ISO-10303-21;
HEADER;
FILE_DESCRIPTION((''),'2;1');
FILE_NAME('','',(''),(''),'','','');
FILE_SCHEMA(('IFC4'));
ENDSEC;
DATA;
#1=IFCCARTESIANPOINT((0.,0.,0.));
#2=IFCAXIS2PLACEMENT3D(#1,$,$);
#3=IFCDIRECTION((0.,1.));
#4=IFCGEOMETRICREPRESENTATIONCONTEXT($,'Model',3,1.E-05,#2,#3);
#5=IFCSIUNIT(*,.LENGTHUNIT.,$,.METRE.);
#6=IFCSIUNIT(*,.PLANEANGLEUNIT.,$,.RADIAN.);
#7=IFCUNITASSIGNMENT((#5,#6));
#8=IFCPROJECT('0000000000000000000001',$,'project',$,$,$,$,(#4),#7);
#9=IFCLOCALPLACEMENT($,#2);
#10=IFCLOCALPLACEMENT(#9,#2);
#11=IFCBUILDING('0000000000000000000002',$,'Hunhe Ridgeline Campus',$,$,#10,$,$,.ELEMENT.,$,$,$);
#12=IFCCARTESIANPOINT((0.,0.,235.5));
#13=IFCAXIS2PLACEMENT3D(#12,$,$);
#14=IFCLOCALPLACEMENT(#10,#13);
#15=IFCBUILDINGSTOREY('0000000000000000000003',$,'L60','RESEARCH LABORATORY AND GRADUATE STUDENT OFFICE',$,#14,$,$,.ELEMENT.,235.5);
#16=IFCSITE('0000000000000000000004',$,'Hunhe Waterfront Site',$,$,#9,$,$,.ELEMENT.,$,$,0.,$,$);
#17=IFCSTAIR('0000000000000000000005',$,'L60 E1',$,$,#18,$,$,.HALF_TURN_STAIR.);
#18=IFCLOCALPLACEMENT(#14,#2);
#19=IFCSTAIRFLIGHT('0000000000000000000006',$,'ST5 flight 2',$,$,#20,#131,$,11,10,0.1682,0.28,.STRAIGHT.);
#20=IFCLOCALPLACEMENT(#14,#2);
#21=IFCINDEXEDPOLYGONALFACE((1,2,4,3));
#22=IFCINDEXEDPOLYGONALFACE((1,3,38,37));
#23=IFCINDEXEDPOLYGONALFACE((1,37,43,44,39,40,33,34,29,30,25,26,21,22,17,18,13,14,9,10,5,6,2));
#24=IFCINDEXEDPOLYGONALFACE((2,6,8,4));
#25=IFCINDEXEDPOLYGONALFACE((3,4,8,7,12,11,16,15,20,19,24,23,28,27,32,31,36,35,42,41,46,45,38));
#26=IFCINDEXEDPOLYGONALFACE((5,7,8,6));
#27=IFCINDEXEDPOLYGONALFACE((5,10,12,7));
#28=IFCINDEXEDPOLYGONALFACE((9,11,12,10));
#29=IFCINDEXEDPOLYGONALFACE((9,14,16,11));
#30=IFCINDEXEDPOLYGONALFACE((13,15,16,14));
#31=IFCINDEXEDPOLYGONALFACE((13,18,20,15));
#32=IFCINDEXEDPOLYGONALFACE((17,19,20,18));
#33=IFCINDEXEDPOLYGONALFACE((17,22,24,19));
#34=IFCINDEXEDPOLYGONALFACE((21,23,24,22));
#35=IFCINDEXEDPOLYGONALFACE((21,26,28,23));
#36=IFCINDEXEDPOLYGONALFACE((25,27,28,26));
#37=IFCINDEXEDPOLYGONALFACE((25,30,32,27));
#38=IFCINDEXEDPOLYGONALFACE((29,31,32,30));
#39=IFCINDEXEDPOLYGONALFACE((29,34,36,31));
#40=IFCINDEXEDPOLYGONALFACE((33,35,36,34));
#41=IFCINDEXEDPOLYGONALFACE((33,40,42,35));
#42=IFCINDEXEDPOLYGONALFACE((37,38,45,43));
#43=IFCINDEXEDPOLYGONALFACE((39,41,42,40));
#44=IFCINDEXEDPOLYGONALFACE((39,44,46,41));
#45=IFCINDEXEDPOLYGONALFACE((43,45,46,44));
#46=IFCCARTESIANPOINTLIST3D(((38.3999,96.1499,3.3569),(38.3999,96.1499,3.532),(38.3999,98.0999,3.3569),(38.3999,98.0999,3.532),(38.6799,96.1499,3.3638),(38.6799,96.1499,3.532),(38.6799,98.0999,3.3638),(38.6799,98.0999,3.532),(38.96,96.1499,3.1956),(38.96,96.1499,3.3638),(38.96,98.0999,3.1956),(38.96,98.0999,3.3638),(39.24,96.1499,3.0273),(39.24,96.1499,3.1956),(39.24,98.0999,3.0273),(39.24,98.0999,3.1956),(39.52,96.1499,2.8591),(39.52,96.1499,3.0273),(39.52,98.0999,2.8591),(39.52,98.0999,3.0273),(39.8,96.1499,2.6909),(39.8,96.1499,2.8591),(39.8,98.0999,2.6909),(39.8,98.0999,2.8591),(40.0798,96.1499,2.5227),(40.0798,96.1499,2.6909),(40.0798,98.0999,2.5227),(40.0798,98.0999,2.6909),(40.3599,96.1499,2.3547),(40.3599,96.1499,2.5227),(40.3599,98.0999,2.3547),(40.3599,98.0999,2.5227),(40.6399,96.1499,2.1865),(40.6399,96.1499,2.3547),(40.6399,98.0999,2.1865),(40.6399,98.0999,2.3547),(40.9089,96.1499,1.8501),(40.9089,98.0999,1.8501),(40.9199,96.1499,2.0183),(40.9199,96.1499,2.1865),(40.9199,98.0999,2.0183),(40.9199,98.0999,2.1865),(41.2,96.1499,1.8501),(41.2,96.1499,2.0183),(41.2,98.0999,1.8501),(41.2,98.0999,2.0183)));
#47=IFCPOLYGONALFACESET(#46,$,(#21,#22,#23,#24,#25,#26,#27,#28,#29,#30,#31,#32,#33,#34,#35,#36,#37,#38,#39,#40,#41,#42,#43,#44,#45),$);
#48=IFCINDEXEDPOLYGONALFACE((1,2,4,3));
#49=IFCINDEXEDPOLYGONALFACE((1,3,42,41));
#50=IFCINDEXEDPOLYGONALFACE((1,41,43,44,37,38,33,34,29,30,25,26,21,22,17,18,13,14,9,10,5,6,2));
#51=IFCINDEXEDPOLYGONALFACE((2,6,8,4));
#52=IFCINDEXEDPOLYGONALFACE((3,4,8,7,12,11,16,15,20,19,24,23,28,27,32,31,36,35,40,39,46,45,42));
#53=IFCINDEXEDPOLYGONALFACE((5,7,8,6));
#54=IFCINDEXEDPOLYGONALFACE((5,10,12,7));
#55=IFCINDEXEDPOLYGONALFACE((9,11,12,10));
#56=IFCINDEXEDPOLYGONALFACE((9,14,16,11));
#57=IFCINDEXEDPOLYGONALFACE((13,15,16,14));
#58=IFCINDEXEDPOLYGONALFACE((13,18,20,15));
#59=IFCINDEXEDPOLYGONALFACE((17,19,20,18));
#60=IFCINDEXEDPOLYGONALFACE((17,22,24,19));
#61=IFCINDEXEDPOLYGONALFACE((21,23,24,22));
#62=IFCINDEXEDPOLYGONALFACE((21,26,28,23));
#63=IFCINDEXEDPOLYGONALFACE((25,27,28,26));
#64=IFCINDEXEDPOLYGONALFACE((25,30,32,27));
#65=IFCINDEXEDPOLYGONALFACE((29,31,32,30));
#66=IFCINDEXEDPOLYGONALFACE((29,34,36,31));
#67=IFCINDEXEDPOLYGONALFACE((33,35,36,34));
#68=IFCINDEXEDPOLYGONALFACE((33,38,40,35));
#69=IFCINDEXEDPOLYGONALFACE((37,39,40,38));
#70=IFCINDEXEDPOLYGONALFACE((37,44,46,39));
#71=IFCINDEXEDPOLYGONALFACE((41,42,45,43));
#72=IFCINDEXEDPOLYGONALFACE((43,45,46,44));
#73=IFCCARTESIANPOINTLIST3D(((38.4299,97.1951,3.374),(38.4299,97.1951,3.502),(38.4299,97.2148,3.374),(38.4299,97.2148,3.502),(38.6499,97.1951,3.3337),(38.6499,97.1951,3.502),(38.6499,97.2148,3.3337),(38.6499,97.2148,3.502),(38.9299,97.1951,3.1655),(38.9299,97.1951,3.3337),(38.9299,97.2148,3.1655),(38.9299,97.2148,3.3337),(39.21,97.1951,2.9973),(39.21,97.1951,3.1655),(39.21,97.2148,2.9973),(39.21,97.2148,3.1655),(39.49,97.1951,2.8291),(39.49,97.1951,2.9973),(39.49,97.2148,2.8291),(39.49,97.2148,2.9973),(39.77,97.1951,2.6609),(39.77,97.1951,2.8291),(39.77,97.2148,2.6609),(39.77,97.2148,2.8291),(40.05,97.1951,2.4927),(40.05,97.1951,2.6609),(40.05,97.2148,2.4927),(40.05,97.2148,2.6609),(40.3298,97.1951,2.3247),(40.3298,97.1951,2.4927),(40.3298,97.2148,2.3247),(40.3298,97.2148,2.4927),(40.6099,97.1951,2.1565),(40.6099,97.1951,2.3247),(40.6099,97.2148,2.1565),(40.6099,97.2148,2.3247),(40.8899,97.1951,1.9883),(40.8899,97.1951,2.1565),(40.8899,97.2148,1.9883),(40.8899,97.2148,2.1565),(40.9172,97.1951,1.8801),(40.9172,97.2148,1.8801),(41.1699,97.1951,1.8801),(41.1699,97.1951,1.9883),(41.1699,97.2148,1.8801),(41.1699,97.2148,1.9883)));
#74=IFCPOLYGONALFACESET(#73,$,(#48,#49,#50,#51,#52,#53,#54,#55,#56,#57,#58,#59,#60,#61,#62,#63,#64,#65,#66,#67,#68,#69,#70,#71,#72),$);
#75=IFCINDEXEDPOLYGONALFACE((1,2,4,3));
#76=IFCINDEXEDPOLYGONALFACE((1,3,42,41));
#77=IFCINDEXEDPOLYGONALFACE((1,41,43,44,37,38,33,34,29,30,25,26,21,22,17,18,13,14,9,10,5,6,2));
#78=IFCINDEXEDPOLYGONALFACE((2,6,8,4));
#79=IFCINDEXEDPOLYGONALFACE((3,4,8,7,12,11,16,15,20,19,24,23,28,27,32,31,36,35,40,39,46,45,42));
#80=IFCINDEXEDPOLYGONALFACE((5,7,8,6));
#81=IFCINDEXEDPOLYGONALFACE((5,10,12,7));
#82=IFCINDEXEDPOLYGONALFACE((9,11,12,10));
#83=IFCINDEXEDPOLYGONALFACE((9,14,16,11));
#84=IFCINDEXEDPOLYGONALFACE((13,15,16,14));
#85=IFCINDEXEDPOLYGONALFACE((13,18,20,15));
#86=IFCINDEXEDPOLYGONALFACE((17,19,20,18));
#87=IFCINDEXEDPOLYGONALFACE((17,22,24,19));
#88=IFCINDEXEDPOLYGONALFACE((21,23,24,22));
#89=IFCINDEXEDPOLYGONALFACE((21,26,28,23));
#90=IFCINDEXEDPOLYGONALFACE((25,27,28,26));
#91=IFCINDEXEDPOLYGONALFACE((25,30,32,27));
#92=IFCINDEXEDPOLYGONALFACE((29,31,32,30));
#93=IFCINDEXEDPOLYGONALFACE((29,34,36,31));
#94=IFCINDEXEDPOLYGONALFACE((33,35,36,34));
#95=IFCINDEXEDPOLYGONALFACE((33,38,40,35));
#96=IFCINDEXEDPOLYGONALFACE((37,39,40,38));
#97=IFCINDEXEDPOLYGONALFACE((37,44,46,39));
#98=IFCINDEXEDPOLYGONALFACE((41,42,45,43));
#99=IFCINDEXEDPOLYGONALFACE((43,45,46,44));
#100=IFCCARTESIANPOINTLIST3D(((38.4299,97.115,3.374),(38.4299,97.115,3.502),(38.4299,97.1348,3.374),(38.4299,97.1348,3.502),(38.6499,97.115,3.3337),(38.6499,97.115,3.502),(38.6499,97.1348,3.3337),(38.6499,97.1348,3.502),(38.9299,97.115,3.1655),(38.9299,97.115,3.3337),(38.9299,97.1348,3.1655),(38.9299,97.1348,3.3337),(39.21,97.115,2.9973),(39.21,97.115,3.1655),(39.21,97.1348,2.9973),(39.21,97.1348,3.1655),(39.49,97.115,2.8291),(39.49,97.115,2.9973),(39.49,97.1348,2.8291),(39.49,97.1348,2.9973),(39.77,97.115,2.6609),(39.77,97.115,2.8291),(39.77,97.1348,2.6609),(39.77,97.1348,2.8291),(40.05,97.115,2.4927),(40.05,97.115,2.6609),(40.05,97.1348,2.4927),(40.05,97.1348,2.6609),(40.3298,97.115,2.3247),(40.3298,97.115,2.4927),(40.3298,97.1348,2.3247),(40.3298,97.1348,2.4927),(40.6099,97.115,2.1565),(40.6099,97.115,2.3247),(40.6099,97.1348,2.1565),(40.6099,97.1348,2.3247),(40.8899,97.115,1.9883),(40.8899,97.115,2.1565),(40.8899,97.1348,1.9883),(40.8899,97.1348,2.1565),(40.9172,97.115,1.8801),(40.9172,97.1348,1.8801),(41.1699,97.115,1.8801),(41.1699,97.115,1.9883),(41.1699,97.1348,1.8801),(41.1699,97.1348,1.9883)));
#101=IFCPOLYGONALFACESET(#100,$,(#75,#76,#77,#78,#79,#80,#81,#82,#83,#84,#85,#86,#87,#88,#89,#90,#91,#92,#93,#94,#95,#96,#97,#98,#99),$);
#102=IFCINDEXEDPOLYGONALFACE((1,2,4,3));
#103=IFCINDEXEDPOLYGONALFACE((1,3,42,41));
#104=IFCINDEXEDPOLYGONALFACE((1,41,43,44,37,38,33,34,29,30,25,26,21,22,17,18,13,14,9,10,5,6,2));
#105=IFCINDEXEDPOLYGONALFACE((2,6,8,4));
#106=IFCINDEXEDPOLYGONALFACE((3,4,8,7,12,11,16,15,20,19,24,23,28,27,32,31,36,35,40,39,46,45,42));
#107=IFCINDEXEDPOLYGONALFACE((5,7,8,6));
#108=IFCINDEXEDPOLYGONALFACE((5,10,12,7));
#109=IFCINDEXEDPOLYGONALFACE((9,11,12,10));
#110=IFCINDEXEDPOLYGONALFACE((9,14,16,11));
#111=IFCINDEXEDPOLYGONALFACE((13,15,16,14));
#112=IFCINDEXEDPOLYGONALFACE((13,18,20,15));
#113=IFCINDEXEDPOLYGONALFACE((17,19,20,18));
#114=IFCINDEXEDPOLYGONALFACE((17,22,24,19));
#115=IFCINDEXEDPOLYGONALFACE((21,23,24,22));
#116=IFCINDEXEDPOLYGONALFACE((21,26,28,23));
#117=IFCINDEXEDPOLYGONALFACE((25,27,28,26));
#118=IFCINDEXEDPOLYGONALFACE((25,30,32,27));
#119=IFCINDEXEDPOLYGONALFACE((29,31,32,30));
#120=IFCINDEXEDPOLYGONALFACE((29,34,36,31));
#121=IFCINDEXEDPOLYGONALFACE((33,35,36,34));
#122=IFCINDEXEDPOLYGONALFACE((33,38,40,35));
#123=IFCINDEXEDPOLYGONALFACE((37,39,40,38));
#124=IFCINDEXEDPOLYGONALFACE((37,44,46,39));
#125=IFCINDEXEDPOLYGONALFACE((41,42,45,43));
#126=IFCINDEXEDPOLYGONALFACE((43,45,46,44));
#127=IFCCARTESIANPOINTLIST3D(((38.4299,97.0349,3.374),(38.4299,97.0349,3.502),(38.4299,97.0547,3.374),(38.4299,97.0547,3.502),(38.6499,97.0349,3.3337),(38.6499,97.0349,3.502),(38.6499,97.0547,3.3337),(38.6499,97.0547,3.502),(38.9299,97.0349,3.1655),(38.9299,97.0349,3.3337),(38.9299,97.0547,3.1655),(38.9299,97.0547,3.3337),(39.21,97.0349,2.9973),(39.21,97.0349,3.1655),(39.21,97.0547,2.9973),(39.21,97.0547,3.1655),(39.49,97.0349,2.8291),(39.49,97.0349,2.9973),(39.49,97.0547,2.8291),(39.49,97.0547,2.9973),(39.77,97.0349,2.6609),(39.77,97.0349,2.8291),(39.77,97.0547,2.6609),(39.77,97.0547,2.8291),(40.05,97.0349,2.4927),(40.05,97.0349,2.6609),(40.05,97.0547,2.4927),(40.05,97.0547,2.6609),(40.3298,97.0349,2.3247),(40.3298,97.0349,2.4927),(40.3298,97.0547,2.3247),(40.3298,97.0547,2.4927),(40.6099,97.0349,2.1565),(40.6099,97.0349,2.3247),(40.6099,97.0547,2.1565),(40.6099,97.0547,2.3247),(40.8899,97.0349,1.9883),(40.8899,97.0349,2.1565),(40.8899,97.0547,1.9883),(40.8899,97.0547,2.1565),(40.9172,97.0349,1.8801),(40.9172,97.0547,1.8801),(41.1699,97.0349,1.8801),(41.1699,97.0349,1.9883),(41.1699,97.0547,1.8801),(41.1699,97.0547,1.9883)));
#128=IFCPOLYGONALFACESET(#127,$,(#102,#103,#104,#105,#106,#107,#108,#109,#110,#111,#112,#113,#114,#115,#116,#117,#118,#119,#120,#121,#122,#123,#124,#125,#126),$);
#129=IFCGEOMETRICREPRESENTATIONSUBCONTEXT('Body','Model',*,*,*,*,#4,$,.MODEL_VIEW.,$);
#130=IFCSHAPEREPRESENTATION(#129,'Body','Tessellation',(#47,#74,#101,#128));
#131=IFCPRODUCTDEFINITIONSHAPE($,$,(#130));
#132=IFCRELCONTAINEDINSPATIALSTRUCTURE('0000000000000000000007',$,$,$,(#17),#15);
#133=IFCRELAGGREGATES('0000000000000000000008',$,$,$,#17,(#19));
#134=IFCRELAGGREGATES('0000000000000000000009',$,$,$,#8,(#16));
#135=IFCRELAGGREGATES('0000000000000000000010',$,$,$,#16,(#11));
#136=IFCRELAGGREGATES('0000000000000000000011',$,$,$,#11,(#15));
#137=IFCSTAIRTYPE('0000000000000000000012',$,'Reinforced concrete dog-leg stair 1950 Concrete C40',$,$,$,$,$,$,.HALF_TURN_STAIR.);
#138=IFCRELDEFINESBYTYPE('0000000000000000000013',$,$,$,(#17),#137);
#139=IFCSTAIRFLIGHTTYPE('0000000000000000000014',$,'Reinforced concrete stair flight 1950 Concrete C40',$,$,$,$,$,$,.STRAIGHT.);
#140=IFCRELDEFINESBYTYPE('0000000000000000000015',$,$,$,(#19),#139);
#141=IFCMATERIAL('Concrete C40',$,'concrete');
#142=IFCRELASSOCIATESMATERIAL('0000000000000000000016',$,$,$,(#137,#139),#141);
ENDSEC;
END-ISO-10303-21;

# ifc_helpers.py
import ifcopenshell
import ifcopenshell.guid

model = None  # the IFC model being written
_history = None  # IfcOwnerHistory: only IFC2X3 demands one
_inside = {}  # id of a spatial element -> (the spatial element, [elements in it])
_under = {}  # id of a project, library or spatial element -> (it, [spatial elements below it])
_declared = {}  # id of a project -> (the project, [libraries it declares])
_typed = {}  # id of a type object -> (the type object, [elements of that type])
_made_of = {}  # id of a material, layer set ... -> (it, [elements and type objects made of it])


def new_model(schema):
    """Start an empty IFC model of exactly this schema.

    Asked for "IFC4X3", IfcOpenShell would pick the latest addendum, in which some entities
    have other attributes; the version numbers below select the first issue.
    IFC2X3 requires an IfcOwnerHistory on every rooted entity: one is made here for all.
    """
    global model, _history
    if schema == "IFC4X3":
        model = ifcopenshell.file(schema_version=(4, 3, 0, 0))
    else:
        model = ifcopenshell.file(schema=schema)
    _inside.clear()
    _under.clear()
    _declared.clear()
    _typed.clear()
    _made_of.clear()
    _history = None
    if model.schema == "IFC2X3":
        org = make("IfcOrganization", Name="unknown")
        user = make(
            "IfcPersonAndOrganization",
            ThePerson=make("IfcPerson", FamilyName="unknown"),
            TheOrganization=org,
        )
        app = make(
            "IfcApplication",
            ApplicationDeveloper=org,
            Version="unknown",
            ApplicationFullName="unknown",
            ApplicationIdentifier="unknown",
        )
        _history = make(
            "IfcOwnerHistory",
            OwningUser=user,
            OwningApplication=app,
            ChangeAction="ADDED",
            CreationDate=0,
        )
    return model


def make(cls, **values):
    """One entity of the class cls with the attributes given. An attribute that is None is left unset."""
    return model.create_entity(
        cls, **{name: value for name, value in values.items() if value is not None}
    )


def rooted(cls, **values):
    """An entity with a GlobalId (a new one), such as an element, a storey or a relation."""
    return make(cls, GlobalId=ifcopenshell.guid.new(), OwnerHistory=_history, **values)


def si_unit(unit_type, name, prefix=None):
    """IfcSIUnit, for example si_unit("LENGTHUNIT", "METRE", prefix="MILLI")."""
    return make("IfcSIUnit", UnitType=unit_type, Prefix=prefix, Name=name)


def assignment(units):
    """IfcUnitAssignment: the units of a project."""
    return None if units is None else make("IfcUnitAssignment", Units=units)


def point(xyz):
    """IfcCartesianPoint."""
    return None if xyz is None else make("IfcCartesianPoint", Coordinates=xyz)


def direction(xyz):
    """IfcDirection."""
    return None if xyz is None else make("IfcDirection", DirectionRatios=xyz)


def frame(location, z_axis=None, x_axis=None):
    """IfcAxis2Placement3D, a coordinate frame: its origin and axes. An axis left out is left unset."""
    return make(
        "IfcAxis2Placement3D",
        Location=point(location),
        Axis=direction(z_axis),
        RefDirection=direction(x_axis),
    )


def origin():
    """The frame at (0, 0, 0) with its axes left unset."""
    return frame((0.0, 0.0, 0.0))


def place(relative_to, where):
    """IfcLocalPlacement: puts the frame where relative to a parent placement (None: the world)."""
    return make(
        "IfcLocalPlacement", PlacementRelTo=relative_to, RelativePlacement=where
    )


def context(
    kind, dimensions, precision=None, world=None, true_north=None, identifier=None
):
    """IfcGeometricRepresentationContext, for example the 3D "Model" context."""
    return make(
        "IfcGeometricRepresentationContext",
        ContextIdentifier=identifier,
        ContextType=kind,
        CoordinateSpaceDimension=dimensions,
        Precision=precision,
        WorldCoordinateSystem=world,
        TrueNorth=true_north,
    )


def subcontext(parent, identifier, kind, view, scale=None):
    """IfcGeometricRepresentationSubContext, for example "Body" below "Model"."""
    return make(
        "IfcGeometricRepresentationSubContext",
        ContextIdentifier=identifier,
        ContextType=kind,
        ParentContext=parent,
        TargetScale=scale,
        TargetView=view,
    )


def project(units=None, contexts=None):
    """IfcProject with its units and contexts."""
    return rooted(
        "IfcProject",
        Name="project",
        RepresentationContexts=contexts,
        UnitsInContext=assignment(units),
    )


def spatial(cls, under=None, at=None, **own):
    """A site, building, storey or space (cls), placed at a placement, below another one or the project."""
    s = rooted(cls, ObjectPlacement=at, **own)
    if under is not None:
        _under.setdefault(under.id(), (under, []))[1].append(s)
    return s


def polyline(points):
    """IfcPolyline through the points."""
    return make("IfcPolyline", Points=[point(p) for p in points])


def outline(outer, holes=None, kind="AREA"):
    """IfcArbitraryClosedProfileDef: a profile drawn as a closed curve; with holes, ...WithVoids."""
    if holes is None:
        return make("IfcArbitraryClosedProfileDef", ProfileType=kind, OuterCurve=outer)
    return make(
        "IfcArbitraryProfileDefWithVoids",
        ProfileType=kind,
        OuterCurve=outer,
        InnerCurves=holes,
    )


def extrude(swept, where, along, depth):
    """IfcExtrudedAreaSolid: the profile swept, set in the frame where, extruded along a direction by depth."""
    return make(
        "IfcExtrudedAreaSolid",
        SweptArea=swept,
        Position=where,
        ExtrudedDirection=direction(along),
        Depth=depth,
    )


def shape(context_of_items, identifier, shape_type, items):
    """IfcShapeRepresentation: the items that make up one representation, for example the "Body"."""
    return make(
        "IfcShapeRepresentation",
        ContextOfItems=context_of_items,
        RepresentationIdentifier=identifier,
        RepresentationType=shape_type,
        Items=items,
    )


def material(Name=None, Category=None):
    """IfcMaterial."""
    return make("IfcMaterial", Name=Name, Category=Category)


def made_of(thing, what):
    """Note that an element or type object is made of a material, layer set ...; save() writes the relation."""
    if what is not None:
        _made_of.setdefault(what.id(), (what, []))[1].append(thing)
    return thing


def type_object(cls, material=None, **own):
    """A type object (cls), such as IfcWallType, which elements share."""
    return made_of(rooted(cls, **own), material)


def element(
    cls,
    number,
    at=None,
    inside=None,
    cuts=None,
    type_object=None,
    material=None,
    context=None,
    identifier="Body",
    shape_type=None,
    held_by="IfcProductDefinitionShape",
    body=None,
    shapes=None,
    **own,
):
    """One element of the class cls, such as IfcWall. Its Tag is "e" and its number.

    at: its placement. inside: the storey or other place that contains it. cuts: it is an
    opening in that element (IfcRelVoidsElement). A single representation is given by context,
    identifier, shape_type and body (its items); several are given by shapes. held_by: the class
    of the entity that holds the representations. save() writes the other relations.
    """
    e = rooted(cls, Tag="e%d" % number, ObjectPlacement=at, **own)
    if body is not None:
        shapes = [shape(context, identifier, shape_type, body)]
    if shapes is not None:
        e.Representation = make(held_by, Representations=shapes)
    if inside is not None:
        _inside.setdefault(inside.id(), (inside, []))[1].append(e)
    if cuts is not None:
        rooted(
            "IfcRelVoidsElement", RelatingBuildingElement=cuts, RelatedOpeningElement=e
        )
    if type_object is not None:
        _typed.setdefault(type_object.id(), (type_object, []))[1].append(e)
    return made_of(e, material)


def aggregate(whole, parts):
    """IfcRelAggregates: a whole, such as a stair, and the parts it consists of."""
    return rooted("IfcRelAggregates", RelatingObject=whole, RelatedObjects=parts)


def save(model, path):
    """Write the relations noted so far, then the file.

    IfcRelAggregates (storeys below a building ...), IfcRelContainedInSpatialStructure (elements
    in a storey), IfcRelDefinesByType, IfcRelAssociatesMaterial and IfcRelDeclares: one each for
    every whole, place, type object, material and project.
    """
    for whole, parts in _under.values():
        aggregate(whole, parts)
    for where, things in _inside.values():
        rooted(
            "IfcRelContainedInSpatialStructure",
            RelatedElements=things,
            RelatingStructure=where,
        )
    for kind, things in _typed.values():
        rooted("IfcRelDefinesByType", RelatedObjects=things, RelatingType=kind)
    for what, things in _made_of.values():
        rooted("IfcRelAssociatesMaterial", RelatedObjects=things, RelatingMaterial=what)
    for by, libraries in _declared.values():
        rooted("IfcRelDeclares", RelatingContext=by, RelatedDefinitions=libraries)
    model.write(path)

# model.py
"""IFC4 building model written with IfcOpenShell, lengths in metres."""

from ifc_helpers import new_model, si_unit, direction, frame, origin, place, context, subcontext, project, spatial, polyline, outline, extrude, material, type_object, element, aggregate, save


model = new_model("IFC4")

# Units and contexts
model_context = context("Model", 3, precision=1e-05, world=origin(), true_north=direction((0.0, 1.0)))
body_context = subcontext(model_context, "Body", "Model", "MODEL_VIEW")
ifc_project = project(units=[si_unit("LENGTHUNIT", "METRE"), si_unit("PLANEANGLEUNIT", "RADIAN")], contexts=[model_context])

# Site, building, storey
site_placement = place(None, origin())
site = spatial("IfcSite", under=ifc_project, at=site_placement, Name="Hunhe Waterfront Site", CompositionType="ELEMENT", RefElevation=0.0)
building_placement = place(site_placement, origin())
building = spatial("IfcBuilding", under=site, at=building_placement, Name="Hunhe Ridgeline Campus", CompositionType="ELEMENT")
storey_placement = place(building_placement, frame((0.0, 0.0, 235.5)))
storey = spatial("IfcBuildingStorey", under=building, at=storey_placement, Name="L60", Description="RESEARCH LABORATORY AND GRADUATE STUDENT OFFICE", CompositionType="ELEMENT", Elevation=235.5)

# Stair, stair flight
ifc_material_1 = material(Name="Concrete C40", Category="concrete")
stair_type = type_object("IfcStairType", Name="Reinforced concrete dog-leg stair 1950 Concrete C40", PredefinedType="HALF_TURN_STAIR", material=ifc_material_1)
stair_placement = place(storey_placement, origin())
stair = element("IfcStair", 1, at=stair_placement, inside=storey, type_object=stair_type, Name="L60 E1", PredefinedType="HALF_TURN_STAIR")
stair_flight_type = type_object("IfcStairFlightType", Name="Reinforced concrete stair flight 1950 Concrete C40", PredefinedType="STRAIGHT", material=ifc_material_1)
stair_flight_1_placement = place(storey_placement, frame((41.2, 97.125, 1.8501), z_axis=(0.0, 0.0, 1.0), x_axis=(-1.0, 0.0, 0.0)))
stair_flight_1 = element("IfcStairFlight", 2, at=stair_flight_1_placement, type_object=stair_flight_type, Name="ST5 flight 2", NumberOfRisers=11, NumberOfTreads=10, PredefinedType="STRAIGHT", RiserHeight=0.1682, TreadLength=0.28, context=body_context, shape_type="SweptSolid", body=[
    extrude(outline(polyline([(0.0, 0.0), (0.0, 0.1682), (0.28, 0.1682), (0.28, 0.3364), (0.5601, 0.3364), (0.5601, 0.5046), (0.8401, 0.5046), (0.8401, 0.6726), (1.1201, 0.6726), (1.1201, 0.8408), (1.3999, 0.8408), (1.3999, 1.009), (1.6799, 1.009), (1.6799, 1.1772), (1.96, 1.1772), (1.96, 1.3455), (2.24, 1.3455), (2.24, 1.5137), (2.52, 1.5137), (2.52, 1.6819), (2.8, 1.6819), (2.8, 1.8501), (2.8, 1.5068), (0.291, 0.0), (0.0, 0.0)])), frame((0.0, 0.9751, 0.0), z_axis=(0.0, -1.0, 0.0), x_axis=(1.0, 0.0, 0.0)), (0.0, 0.0, 1.0), 1.95),
    extrude(outline(polyline([(0.03, 0.03), (0.03, 0.1382), (0.3101, 0.1382), (0.3101, 0.3064), (0.5901, 0.3064), (0.5901, 0.4746), (0.8701, 0.4746), (0.8701, 0.6426), (1.1499, 0.6426), (1.1499, 0.8108), (1.4299, 0.8108), (1.4299, 0.979), (1.71, 0.979), (1.71, 1.1472), (1.99, 1.1472), (1.99, 1.3154), (2.27, 1.3154), (2.27, 1.4836), (2.55, 1.4836), (2.55, 1.6519), (2.77, 1.6519), (2.77, 1.5239), (0.2827, 0.03), (0.03, 0.03)])), frame((0.0, -0.0701, 0.0), z_axis=(0.0, -1.0, 0.0), x_axis=(1.0, 0.0, 0.0)), (0.0, 0.0, 1.0), 0.0198),
    extrude(outline(polyline([(0.03, 0.03), (0.03, 0.1382), (0.3101, 0.1382), (0.3101, 0.3064), (0.5901, 0.3064), (0.5901, 0.4746), (0.8701, 0.4746), (0.8701, 0.6426), (1.1499, 0.6426), (1.1499, 0.8108), (1.4299, 0.8108), (1.4299, 0.979), (1.71, 0.979), (1.71, 1.1472), (1.99, 1.1472), (1.99, 1.3154), (2.27, 1.3154), (2.27, 1.4836), (2.55, 1.4836), (2.55, 1.6519), (2.77, 1.6519), (2.77, 1.5239), (0.2827, 0.03), (0.03, 0.03)])), frame((0.0, 0.01, 0.0), z_axis=(0.0, -1.0, 0.0), x_axis=(1.0, 0.0, 0.0)), (0.0, 0.0, 1.0), 0.0198),
    extrude(outline(polyline([(0.03, 0.03), (0.03, 0.1382), (0.3101, 0.1382), (0.3101, 0.3064), (0.5901, 0.3064), (0.5901, 0.4746), (0.8701, 0.4746), (0.8701, 0.6426), (1.1499, 0.6426), (1.1499, 0.8108), (1.4299, 0.8108), (1.4299, 0.979), (1.71, 0.979), (1.71, 1.1472), (1.99, 1.1472), (1.99, 1.3154), (2.27, 1.3154), (2.27, 1.4836), (2.55, 1.4836), (2.55, 1.6519), (2.77, 1.6519), (2.77, 1.5239), (0.2827, 0.03), (0.03, 0.03)])), frame((0.0, 0.0901, 0.0), z_axis=(0.0, -1.0, 0.0), x_axis=(1.0, 0.0, 0.0)), (0.0, 0.0, 1.0), 0.0198),
])
aggregate(stair, [stair_flight_1])

save(model, "model.ifc")
